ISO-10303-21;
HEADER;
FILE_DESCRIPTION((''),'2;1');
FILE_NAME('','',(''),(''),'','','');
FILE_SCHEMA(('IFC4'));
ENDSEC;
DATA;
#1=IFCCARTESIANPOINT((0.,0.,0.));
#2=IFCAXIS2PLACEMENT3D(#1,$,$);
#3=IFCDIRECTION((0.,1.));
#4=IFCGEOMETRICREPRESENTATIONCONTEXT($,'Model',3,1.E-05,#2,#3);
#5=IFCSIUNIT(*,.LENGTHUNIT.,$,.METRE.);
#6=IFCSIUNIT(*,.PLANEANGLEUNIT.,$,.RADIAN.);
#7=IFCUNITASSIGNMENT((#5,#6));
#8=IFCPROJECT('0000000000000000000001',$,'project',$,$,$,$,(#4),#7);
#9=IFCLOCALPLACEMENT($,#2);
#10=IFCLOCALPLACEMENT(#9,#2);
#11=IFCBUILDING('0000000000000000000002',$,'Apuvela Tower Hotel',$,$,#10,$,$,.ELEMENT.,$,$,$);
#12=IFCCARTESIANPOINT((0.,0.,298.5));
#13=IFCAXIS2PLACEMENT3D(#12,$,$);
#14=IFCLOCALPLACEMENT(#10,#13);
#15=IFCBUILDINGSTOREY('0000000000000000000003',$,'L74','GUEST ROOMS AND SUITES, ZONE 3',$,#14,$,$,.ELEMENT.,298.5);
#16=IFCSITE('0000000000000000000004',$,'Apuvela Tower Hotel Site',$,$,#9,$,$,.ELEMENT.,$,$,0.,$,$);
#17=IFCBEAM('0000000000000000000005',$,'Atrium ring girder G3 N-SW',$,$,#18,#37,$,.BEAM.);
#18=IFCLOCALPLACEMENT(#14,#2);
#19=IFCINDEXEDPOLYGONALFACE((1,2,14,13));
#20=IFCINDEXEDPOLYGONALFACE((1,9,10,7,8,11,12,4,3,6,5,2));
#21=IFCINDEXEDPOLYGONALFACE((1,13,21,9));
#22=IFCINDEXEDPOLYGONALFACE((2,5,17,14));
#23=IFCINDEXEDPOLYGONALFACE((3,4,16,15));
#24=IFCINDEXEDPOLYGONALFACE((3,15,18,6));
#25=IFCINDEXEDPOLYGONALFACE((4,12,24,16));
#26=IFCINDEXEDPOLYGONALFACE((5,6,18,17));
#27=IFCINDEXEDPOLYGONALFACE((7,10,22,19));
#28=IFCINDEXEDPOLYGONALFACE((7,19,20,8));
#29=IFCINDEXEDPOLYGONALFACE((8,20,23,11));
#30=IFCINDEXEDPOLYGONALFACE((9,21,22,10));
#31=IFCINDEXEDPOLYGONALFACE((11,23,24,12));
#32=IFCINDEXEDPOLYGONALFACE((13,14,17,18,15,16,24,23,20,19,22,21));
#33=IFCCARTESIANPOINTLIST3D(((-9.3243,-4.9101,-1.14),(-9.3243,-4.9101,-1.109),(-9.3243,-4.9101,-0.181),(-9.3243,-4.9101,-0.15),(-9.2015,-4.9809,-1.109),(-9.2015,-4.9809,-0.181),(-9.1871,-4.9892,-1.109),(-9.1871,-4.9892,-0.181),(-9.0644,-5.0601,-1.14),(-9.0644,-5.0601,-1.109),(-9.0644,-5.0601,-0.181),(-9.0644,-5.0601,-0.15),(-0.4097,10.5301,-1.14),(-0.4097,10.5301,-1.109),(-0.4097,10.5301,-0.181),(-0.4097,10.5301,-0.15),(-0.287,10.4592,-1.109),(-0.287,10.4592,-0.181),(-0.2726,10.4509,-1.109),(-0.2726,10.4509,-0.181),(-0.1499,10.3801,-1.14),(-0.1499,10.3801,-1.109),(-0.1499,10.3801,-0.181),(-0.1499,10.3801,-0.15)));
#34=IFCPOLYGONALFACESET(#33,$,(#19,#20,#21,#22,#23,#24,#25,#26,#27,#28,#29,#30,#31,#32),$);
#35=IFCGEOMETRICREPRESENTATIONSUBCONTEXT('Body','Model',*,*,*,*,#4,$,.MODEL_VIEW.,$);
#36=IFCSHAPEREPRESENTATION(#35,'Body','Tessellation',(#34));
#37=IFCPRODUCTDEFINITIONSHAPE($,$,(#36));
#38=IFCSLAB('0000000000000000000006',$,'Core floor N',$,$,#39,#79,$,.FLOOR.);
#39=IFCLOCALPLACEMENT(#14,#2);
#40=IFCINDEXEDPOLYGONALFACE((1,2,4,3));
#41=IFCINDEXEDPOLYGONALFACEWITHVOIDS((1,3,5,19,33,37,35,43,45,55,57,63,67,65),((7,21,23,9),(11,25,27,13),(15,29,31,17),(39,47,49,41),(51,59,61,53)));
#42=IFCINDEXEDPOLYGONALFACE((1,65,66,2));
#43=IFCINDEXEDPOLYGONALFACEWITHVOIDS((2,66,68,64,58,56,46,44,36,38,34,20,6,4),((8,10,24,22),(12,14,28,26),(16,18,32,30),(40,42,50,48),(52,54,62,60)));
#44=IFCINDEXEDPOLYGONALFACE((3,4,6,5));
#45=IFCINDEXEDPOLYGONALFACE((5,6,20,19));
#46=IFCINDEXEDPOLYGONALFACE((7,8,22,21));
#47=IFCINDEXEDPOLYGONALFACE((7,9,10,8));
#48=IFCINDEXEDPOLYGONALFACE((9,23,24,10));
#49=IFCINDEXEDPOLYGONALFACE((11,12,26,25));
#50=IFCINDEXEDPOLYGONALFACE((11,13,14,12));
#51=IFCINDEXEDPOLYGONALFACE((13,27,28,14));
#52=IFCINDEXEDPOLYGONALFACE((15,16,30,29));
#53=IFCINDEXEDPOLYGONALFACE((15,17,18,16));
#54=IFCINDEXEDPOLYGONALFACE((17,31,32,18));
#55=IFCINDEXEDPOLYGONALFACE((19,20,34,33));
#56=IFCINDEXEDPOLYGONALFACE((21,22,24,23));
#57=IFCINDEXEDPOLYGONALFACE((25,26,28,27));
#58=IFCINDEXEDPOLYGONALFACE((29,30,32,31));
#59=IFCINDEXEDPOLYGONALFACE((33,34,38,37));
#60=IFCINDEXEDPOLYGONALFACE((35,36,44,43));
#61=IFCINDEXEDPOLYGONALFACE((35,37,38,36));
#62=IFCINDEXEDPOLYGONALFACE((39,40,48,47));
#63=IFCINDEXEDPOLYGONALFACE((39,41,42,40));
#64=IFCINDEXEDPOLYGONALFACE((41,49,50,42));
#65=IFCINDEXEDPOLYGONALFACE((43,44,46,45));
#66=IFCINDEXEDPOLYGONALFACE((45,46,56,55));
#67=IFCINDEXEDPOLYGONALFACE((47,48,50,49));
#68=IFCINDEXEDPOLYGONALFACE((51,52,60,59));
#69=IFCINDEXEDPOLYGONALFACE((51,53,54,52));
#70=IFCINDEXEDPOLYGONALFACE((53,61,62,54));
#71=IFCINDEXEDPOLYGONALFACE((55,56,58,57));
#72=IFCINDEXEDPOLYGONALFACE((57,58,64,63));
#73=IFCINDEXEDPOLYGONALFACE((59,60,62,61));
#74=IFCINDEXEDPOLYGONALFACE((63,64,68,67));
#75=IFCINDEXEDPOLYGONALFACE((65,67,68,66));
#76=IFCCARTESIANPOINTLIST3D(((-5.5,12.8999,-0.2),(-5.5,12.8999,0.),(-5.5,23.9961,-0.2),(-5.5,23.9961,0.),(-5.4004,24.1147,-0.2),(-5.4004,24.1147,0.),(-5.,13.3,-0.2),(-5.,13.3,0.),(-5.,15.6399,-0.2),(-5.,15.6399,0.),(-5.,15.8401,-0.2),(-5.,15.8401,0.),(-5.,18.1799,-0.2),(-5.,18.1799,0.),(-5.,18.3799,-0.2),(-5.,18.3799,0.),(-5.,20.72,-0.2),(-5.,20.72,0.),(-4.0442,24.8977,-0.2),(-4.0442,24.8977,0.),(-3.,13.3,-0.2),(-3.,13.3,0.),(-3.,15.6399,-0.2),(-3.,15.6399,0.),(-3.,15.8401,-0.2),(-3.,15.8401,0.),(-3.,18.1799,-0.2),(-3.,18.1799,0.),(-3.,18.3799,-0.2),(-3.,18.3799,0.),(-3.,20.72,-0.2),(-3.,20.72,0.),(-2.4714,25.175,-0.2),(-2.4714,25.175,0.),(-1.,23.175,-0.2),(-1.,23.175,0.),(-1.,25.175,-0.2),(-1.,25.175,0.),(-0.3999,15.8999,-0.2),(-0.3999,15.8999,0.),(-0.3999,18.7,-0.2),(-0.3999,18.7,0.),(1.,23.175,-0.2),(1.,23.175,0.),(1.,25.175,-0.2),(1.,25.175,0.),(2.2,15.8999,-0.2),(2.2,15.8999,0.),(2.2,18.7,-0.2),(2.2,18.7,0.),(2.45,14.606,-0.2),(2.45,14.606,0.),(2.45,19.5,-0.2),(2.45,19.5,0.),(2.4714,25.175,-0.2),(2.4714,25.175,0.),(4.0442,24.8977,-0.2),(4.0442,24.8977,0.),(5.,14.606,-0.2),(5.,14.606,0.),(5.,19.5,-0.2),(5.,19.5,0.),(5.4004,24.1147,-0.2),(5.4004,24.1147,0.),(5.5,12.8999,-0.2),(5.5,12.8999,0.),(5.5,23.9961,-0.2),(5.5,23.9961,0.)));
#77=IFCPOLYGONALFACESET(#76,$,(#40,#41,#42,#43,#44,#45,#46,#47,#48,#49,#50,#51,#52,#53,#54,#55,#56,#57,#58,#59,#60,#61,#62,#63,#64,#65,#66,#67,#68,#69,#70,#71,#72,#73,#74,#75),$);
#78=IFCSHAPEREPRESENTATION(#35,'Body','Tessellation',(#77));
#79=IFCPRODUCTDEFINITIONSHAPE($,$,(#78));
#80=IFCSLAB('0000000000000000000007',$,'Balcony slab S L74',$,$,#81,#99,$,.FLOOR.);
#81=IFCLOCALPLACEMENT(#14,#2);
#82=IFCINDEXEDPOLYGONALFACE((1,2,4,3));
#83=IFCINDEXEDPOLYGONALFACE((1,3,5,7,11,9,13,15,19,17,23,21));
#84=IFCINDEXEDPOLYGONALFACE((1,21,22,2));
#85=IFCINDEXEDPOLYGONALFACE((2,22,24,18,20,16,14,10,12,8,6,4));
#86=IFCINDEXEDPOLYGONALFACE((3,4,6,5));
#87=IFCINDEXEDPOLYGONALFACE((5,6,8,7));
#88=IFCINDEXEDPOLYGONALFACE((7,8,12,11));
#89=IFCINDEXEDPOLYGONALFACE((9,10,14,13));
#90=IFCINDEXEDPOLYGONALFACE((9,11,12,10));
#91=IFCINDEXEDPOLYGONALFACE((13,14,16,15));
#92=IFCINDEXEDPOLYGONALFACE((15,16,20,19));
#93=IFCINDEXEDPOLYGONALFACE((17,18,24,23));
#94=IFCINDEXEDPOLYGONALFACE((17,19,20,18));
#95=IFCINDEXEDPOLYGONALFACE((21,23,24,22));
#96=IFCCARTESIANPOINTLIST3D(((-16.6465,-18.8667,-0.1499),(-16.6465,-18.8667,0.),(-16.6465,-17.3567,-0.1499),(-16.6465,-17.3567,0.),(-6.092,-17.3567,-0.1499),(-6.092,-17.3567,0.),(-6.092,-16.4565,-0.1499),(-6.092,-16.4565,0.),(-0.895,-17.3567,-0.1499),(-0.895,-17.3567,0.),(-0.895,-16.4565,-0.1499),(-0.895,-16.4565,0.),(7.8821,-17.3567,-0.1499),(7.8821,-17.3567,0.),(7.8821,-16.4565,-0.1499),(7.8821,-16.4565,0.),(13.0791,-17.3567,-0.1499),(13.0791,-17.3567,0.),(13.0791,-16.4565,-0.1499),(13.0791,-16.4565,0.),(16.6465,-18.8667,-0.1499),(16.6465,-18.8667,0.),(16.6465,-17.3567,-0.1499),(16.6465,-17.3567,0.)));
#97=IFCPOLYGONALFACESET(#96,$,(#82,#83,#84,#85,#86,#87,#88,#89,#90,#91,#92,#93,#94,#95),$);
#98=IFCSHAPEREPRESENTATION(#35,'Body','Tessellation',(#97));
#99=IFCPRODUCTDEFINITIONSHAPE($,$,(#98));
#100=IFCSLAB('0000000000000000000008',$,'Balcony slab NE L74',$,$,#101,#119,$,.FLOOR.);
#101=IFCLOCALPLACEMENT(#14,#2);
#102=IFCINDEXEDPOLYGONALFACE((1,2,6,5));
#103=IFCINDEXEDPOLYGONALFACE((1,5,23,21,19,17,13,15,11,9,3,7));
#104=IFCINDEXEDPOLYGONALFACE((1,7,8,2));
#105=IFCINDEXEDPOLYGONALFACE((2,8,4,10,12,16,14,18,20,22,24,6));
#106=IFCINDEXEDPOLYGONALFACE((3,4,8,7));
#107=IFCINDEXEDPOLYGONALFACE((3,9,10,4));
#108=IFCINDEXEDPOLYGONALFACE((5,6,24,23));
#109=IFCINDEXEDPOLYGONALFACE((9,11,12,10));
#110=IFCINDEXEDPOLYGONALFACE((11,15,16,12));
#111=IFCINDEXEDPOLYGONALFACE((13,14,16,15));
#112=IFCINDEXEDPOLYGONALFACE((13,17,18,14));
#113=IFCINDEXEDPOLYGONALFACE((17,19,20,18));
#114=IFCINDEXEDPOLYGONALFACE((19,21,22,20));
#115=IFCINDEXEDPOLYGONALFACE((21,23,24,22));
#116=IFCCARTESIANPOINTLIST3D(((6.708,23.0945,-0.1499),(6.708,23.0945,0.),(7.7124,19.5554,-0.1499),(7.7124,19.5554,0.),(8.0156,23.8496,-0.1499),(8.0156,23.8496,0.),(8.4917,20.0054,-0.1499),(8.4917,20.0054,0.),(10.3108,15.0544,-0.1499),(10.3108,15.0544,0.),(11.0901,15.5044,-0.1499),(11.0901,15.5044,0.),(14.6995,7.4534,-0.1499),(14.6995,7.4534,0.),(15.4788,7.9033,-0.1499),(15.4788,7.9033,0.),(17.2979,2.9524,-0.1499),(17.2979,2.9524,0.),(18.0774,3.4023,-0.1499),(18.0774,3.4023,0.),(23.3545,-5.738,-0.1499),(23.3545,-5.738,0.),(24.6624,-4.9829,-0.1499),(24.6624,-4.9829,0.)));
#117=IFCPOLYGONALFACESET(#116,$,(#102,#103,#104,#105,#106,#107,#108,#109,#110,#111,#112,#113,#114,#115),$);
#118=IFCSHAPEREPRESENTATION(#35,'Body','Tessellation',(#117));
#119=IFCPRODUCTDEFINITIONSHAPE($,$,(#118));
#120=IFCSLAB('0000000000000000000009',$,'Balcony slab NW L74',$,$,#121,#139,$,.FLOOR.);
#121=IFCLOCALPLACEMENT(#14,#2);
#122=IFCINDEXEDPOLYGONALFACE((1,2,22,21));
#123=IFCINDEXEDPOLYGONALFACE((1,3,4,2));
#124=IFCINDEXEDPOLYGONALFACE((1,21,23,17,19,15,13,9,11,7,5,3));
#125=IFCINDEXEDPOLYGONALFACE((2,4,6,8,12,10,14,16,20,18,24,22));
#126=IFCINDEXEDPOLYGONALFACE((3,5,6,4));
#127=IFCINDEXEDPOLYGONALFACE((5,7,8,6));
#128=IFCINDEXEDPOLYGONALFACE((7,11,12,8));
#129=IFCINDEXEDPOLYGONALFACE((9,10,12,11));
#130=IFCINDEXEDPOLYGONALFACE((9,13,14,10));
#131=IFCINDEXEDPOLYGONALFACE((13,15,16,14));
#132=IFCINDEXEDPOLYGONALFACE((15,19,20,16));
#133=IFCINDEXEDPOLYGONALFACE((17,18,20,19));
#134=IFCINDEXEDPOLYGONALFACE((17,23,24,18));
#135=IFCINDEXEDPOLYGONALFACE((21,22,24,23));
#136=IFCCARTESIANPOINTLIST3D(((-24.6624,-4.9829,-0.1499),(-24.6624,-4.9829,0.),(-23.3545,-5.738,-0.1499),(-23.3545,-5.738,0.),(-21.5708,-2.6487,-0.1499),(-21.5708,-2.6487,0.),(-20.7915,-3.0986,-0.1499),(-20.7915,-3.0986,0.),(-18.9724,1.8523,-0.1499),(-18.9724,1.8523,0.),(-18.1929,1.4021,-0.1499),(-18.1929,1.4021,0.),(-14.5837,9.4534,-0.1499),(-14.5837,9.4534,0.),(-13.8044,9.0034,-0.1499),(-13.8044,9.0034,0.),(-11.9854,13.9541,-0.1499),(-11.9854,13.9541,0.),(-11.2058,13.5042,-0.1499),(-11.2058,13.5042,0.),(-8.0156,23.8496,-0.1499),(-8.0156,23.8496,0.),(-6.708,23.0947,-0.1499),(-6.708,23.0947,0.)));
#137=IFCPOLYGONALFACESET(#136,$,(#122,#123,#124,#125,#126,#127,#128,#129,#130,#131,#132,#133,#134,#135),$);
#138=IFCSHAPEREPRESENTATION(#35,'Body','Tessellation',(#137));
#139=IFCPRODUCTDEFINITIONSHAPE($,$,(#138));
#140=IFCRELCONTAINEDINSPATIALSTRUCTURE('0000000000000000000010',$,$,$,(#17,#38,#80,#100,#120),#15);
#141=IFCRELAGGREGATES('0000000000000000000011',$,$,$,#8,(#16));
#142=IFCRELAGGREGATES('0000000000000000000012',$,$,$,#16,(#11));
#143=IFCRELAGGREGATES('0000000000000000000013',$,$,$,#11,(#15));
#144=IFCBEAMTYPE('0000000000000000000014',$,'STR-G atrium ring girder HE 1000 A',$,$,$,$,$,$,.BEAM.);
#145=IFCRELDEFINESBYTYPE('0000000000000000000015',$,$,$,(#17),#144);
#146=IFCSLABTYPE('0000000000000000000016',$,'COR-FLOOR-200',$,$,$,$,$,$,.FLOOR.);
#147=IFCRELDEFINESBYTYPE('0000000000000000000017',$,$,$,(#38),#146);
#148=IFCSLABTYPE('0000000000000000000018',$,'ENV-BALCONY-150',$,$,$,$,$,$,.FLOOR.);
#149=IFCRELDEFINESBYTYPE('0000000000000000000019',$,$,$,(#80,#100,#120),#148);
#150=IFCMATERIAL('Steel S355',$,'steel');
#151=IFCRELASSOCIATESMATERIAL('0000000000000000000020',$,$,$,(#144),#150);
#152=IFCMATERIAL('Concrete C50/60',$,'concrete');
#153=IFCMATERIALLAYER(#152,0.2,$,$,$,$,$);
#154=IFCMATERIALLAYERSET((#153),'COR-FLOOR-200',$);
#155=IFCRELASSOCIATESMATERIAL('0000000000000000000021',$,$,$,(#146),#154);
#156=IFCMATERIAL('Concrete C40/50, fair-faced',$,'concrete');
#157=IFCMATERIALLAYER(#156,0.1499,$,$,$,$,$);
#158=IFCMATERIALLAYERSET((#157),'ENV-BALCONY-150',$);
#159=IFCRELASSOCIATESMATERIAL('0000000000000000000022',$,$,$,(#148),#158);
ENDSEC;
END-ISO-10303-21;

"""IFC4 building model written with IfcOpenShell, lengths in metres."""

from ifc_helpers import new_model, si_unit, direction, frame, origin, origin_2d, place, context, subcontext, project, spatial, polyline, i_section, outline, extrude, material, layer, layer_set, material_profile, profile_set, type_object, element, save


model = new_model("IFC4")

# Units and contexts
model_context = context("Model", 3, precision=1e-05, world=origin(), true_north=direction((0.0, 1.0)))
body_context = subcontext(model_context, "Body", "Model", "MODEL_VIEW")
ifc_project = project(units=[si_unit("LENGTHUNIT", "METRE"), si_unit("PLANEANGLEUNIT", "RADIAN")], contexts=[model_context])

# Site, building, storey
site_placement = place(None, origin())
site = spatial("IfcSite", under=ifc_project, at=site_placement, Name="Apuvela Tower Hotel Site", CompositionType="ELEMENT", RefElevation=0.0)
building_placement = place(site_placement, origin())
building = spatial("IfcBuilding", under=site, at=building_placement, Name="Apuvela Tower Hotel", CompositionType="ELEMENT")
storey_placement = place(building_placement, frame((0.0, 0.0, 298.5)))
storey = spatial("IfcBuildingStorey", under=building, at=storey_placement, Name="L74", Description="GUEST ROOMS AND SUITES, ZONE 3", CompositionType="ELEMENT", Elevation=298.5)

# Beam
ifc_material_1 = material(Name="Steel S355", Category="steel")
ifc_material_profile = material_profile(ifc_material_1, i_section(OverallWidth=0.3, OverallDepth=0.99, WebThickness=0.0166, FlangeThickness=0.031, at=origin_2d()), Name="HE 1000 A")
ifc_profile_set = profile_set([ifc_material_profile], Name="Steel S355")
beam_type = type_object("IfcBeamType", Name="STR-G atrium ring girder HE 1000 A", PredefinedType="BEAM", material=ifc_profile_set)
beam_placement = place(storey_placement, frame((-0.2798, 10.4551, -0.645), z_axis=(-0.500007, -0.866022, 0.0), x_axis=(0.866022, -0.500007, 0.0)))
element("IfcBeam", 1, at=beam_placement, inside=storey, type_object=beam_type, Name="Atrium ring girder G3 N-SW", PredefinedType="BEAM", context=body_context, shape_type="SweptSolid", body=[
    extrude(i_section(OverallWidth=0.3, OverallDepth=0.99, WebThickness=0.0166, FlangeThickness=0.031, at=origin_2d()), origin(), (0.0, 0.0, 1.0), 17.8289),
])

# Slabs
ifc_material_2 = material(Name="Concrete C50/60", Category="concrete")
ifc_layer_1 = layer(ifc_material_2, 0.2)
ifc_layer_set_1 = layer_set([ifc_layer_1], Name="COR-FLOOR-200")
slab_type_1 = type_object("IfcSlabType", Name="COR-FLOOR-200", PredefinedType="FLOOR", material=ifc_layer_set_1)
slab_1_placement = place(storey_placement, frame((0.0, 0.0, -0.2)))
element("IfcSlab", 2, at=slab_1_placement, inside=storey, type_object=slab_type_1, Name="Core floor N", PredefinedType="FLOOR", context=body_context, shape_type="SweptSolid", body=[
    extrude(outline(polyline([(5.5, 23.9961), (5.4004, 24.1147), (4.0442, 24.8977), (2.4714, 25.175), (1.0, 25.175), (1.0, 23.175), (-1.0, 23.175), (-1.0, 25.175), (-2.4714, 25.175), (-4.0442, 24.8977), (-5.4004, 24.1147), (-5.5, 23.9961), (-5.5, 12.8999), (5.5, 12.8999), (5.5, 23.9961)]), holes=[polyline([(-3.0, 13.3), (-5.0, 13.3), (-5.0, 15.6399), (-3.0, 15.6399), (-3.0, 13.3)]), polyline([(-3.0, 15.8401), (-5.0, 15.8401), (-5.0, 18.1799), (-3.0, 18.1799), (-3.0, 15.8401)]), polyline([(5.0, 14.606), (2.45, 14.606), (2.45, 19.5), (5.0, 19.5), (5.0, 14.606)]), polyline([(2.2, 18.7), (2.2, 15.8999), (-0.3999, 15.8999), (-0.3999, 18.7), (2.2, 18.7)]), polyline([(-3.0, 20.72), (-3.0, 18.3799), (-5.0, 18.3799), (-5.0, 20.72), (-3.0, 20.72)])]), origin(), (0.0, 0.0, 1.0), 0.2),
])
ifc_material_3 = material(Name="Concrete C40/50, fair-faced", Category="concrete")
ifc_layer_2 = layer(ifc_material_3, 0.1499)
ifc_layer_set_2 = layer_set([ifc_layer_2], Name="ENV-BALCONY-150")
slab_type_2 = type_object("IfcSlabType", Name="ENV-BALCONY-150", PredefinedType="FLOOR", material=ifc_layer_set_2)
slab_2_placement = place(storey_placement, frame((0.0, 0.0, -0.1499)))
element("IfcSlab", 3, at=slab_2_placement, inside=storey, type_object=slab_type_2, Name="Balcony slab S L74", PredefinedType="FLOOR", context=body_context, shape_type="SweptSolid", body=[
    extrude(outline(polyline([(16.6465, -18.8667), (-16.6465, -18.8667), (-16.6465, -17.3567), (-6.092, -17.3567), (-6.092, -16.4565), (-0.895, -16.4565), (-0.895, -17.3567), (7.8821, -17.3567), (7.8821, -16.4565), (13.0791, -16.4565), (13.0791, -17.3567), (16.6465, -17.3567), (16.6465, -18.8667)])), origin(), (0.0, 0.0, 1.0), 0.1499),
])
slab_3_placement = place(storey_placement, frame((0.0, 0.0, -0.1499)))
element("IfcSlab", 4, at=slab_3_placement, inside=storey, type_object=slab_type_2, Name="Balcony slab NE L74", PredefinedType="FLOOR", context=body_context, shape_type="SweptSolid", body=[
    extrude(outline(polyline([(15.4788, 7.9033), (11.0901, 15.5044), (10.3108, 15.0544), (7.7124, 19.5554), (8.4917, 20.0054), (6.708, 23.0945), (8.0156, 23.8496), (24.6624, -4.9829), (23.3545, -5.738), (18.0774, 3.4023), (17.2979, 2.9524), (14.6995, 7.4534), (15.4788, 7.9033)])), origin(), (0.0, 0.0, 1.0), 0.1499),
])
slab_4_placement = place(storey_placement, frame((0.0, 0.0, -0.1499)))
element("IfcSlab", 5, at=slab_4_placement, inside=storey, type_object=slab_type_2, Name="Balcony slab NW L74", PredefinedType="FLOOR", context=body_context, shape_type="SweptSolid", body=[
    extrude(outline(polyline([(-24.6624, -4.9829), (-8.0156, 23.8496), (-6.708, 23.0947), (-11.9854, 13.9541), (-11.2058, 13.5042), (-13.8044, 9.0034), (-14.5837, 9.4534), (-18.9724, 1.8523), (-18.1929, 1.4021), (-20.7915, -3.0986), (-21.5708, -2.6487), (-23.3545, -5.738), (-24.6624, -4.9829)])), origin(), (0.0, 0.0, 1.0), 0.1499),
])

save(model, "model.ifc")
